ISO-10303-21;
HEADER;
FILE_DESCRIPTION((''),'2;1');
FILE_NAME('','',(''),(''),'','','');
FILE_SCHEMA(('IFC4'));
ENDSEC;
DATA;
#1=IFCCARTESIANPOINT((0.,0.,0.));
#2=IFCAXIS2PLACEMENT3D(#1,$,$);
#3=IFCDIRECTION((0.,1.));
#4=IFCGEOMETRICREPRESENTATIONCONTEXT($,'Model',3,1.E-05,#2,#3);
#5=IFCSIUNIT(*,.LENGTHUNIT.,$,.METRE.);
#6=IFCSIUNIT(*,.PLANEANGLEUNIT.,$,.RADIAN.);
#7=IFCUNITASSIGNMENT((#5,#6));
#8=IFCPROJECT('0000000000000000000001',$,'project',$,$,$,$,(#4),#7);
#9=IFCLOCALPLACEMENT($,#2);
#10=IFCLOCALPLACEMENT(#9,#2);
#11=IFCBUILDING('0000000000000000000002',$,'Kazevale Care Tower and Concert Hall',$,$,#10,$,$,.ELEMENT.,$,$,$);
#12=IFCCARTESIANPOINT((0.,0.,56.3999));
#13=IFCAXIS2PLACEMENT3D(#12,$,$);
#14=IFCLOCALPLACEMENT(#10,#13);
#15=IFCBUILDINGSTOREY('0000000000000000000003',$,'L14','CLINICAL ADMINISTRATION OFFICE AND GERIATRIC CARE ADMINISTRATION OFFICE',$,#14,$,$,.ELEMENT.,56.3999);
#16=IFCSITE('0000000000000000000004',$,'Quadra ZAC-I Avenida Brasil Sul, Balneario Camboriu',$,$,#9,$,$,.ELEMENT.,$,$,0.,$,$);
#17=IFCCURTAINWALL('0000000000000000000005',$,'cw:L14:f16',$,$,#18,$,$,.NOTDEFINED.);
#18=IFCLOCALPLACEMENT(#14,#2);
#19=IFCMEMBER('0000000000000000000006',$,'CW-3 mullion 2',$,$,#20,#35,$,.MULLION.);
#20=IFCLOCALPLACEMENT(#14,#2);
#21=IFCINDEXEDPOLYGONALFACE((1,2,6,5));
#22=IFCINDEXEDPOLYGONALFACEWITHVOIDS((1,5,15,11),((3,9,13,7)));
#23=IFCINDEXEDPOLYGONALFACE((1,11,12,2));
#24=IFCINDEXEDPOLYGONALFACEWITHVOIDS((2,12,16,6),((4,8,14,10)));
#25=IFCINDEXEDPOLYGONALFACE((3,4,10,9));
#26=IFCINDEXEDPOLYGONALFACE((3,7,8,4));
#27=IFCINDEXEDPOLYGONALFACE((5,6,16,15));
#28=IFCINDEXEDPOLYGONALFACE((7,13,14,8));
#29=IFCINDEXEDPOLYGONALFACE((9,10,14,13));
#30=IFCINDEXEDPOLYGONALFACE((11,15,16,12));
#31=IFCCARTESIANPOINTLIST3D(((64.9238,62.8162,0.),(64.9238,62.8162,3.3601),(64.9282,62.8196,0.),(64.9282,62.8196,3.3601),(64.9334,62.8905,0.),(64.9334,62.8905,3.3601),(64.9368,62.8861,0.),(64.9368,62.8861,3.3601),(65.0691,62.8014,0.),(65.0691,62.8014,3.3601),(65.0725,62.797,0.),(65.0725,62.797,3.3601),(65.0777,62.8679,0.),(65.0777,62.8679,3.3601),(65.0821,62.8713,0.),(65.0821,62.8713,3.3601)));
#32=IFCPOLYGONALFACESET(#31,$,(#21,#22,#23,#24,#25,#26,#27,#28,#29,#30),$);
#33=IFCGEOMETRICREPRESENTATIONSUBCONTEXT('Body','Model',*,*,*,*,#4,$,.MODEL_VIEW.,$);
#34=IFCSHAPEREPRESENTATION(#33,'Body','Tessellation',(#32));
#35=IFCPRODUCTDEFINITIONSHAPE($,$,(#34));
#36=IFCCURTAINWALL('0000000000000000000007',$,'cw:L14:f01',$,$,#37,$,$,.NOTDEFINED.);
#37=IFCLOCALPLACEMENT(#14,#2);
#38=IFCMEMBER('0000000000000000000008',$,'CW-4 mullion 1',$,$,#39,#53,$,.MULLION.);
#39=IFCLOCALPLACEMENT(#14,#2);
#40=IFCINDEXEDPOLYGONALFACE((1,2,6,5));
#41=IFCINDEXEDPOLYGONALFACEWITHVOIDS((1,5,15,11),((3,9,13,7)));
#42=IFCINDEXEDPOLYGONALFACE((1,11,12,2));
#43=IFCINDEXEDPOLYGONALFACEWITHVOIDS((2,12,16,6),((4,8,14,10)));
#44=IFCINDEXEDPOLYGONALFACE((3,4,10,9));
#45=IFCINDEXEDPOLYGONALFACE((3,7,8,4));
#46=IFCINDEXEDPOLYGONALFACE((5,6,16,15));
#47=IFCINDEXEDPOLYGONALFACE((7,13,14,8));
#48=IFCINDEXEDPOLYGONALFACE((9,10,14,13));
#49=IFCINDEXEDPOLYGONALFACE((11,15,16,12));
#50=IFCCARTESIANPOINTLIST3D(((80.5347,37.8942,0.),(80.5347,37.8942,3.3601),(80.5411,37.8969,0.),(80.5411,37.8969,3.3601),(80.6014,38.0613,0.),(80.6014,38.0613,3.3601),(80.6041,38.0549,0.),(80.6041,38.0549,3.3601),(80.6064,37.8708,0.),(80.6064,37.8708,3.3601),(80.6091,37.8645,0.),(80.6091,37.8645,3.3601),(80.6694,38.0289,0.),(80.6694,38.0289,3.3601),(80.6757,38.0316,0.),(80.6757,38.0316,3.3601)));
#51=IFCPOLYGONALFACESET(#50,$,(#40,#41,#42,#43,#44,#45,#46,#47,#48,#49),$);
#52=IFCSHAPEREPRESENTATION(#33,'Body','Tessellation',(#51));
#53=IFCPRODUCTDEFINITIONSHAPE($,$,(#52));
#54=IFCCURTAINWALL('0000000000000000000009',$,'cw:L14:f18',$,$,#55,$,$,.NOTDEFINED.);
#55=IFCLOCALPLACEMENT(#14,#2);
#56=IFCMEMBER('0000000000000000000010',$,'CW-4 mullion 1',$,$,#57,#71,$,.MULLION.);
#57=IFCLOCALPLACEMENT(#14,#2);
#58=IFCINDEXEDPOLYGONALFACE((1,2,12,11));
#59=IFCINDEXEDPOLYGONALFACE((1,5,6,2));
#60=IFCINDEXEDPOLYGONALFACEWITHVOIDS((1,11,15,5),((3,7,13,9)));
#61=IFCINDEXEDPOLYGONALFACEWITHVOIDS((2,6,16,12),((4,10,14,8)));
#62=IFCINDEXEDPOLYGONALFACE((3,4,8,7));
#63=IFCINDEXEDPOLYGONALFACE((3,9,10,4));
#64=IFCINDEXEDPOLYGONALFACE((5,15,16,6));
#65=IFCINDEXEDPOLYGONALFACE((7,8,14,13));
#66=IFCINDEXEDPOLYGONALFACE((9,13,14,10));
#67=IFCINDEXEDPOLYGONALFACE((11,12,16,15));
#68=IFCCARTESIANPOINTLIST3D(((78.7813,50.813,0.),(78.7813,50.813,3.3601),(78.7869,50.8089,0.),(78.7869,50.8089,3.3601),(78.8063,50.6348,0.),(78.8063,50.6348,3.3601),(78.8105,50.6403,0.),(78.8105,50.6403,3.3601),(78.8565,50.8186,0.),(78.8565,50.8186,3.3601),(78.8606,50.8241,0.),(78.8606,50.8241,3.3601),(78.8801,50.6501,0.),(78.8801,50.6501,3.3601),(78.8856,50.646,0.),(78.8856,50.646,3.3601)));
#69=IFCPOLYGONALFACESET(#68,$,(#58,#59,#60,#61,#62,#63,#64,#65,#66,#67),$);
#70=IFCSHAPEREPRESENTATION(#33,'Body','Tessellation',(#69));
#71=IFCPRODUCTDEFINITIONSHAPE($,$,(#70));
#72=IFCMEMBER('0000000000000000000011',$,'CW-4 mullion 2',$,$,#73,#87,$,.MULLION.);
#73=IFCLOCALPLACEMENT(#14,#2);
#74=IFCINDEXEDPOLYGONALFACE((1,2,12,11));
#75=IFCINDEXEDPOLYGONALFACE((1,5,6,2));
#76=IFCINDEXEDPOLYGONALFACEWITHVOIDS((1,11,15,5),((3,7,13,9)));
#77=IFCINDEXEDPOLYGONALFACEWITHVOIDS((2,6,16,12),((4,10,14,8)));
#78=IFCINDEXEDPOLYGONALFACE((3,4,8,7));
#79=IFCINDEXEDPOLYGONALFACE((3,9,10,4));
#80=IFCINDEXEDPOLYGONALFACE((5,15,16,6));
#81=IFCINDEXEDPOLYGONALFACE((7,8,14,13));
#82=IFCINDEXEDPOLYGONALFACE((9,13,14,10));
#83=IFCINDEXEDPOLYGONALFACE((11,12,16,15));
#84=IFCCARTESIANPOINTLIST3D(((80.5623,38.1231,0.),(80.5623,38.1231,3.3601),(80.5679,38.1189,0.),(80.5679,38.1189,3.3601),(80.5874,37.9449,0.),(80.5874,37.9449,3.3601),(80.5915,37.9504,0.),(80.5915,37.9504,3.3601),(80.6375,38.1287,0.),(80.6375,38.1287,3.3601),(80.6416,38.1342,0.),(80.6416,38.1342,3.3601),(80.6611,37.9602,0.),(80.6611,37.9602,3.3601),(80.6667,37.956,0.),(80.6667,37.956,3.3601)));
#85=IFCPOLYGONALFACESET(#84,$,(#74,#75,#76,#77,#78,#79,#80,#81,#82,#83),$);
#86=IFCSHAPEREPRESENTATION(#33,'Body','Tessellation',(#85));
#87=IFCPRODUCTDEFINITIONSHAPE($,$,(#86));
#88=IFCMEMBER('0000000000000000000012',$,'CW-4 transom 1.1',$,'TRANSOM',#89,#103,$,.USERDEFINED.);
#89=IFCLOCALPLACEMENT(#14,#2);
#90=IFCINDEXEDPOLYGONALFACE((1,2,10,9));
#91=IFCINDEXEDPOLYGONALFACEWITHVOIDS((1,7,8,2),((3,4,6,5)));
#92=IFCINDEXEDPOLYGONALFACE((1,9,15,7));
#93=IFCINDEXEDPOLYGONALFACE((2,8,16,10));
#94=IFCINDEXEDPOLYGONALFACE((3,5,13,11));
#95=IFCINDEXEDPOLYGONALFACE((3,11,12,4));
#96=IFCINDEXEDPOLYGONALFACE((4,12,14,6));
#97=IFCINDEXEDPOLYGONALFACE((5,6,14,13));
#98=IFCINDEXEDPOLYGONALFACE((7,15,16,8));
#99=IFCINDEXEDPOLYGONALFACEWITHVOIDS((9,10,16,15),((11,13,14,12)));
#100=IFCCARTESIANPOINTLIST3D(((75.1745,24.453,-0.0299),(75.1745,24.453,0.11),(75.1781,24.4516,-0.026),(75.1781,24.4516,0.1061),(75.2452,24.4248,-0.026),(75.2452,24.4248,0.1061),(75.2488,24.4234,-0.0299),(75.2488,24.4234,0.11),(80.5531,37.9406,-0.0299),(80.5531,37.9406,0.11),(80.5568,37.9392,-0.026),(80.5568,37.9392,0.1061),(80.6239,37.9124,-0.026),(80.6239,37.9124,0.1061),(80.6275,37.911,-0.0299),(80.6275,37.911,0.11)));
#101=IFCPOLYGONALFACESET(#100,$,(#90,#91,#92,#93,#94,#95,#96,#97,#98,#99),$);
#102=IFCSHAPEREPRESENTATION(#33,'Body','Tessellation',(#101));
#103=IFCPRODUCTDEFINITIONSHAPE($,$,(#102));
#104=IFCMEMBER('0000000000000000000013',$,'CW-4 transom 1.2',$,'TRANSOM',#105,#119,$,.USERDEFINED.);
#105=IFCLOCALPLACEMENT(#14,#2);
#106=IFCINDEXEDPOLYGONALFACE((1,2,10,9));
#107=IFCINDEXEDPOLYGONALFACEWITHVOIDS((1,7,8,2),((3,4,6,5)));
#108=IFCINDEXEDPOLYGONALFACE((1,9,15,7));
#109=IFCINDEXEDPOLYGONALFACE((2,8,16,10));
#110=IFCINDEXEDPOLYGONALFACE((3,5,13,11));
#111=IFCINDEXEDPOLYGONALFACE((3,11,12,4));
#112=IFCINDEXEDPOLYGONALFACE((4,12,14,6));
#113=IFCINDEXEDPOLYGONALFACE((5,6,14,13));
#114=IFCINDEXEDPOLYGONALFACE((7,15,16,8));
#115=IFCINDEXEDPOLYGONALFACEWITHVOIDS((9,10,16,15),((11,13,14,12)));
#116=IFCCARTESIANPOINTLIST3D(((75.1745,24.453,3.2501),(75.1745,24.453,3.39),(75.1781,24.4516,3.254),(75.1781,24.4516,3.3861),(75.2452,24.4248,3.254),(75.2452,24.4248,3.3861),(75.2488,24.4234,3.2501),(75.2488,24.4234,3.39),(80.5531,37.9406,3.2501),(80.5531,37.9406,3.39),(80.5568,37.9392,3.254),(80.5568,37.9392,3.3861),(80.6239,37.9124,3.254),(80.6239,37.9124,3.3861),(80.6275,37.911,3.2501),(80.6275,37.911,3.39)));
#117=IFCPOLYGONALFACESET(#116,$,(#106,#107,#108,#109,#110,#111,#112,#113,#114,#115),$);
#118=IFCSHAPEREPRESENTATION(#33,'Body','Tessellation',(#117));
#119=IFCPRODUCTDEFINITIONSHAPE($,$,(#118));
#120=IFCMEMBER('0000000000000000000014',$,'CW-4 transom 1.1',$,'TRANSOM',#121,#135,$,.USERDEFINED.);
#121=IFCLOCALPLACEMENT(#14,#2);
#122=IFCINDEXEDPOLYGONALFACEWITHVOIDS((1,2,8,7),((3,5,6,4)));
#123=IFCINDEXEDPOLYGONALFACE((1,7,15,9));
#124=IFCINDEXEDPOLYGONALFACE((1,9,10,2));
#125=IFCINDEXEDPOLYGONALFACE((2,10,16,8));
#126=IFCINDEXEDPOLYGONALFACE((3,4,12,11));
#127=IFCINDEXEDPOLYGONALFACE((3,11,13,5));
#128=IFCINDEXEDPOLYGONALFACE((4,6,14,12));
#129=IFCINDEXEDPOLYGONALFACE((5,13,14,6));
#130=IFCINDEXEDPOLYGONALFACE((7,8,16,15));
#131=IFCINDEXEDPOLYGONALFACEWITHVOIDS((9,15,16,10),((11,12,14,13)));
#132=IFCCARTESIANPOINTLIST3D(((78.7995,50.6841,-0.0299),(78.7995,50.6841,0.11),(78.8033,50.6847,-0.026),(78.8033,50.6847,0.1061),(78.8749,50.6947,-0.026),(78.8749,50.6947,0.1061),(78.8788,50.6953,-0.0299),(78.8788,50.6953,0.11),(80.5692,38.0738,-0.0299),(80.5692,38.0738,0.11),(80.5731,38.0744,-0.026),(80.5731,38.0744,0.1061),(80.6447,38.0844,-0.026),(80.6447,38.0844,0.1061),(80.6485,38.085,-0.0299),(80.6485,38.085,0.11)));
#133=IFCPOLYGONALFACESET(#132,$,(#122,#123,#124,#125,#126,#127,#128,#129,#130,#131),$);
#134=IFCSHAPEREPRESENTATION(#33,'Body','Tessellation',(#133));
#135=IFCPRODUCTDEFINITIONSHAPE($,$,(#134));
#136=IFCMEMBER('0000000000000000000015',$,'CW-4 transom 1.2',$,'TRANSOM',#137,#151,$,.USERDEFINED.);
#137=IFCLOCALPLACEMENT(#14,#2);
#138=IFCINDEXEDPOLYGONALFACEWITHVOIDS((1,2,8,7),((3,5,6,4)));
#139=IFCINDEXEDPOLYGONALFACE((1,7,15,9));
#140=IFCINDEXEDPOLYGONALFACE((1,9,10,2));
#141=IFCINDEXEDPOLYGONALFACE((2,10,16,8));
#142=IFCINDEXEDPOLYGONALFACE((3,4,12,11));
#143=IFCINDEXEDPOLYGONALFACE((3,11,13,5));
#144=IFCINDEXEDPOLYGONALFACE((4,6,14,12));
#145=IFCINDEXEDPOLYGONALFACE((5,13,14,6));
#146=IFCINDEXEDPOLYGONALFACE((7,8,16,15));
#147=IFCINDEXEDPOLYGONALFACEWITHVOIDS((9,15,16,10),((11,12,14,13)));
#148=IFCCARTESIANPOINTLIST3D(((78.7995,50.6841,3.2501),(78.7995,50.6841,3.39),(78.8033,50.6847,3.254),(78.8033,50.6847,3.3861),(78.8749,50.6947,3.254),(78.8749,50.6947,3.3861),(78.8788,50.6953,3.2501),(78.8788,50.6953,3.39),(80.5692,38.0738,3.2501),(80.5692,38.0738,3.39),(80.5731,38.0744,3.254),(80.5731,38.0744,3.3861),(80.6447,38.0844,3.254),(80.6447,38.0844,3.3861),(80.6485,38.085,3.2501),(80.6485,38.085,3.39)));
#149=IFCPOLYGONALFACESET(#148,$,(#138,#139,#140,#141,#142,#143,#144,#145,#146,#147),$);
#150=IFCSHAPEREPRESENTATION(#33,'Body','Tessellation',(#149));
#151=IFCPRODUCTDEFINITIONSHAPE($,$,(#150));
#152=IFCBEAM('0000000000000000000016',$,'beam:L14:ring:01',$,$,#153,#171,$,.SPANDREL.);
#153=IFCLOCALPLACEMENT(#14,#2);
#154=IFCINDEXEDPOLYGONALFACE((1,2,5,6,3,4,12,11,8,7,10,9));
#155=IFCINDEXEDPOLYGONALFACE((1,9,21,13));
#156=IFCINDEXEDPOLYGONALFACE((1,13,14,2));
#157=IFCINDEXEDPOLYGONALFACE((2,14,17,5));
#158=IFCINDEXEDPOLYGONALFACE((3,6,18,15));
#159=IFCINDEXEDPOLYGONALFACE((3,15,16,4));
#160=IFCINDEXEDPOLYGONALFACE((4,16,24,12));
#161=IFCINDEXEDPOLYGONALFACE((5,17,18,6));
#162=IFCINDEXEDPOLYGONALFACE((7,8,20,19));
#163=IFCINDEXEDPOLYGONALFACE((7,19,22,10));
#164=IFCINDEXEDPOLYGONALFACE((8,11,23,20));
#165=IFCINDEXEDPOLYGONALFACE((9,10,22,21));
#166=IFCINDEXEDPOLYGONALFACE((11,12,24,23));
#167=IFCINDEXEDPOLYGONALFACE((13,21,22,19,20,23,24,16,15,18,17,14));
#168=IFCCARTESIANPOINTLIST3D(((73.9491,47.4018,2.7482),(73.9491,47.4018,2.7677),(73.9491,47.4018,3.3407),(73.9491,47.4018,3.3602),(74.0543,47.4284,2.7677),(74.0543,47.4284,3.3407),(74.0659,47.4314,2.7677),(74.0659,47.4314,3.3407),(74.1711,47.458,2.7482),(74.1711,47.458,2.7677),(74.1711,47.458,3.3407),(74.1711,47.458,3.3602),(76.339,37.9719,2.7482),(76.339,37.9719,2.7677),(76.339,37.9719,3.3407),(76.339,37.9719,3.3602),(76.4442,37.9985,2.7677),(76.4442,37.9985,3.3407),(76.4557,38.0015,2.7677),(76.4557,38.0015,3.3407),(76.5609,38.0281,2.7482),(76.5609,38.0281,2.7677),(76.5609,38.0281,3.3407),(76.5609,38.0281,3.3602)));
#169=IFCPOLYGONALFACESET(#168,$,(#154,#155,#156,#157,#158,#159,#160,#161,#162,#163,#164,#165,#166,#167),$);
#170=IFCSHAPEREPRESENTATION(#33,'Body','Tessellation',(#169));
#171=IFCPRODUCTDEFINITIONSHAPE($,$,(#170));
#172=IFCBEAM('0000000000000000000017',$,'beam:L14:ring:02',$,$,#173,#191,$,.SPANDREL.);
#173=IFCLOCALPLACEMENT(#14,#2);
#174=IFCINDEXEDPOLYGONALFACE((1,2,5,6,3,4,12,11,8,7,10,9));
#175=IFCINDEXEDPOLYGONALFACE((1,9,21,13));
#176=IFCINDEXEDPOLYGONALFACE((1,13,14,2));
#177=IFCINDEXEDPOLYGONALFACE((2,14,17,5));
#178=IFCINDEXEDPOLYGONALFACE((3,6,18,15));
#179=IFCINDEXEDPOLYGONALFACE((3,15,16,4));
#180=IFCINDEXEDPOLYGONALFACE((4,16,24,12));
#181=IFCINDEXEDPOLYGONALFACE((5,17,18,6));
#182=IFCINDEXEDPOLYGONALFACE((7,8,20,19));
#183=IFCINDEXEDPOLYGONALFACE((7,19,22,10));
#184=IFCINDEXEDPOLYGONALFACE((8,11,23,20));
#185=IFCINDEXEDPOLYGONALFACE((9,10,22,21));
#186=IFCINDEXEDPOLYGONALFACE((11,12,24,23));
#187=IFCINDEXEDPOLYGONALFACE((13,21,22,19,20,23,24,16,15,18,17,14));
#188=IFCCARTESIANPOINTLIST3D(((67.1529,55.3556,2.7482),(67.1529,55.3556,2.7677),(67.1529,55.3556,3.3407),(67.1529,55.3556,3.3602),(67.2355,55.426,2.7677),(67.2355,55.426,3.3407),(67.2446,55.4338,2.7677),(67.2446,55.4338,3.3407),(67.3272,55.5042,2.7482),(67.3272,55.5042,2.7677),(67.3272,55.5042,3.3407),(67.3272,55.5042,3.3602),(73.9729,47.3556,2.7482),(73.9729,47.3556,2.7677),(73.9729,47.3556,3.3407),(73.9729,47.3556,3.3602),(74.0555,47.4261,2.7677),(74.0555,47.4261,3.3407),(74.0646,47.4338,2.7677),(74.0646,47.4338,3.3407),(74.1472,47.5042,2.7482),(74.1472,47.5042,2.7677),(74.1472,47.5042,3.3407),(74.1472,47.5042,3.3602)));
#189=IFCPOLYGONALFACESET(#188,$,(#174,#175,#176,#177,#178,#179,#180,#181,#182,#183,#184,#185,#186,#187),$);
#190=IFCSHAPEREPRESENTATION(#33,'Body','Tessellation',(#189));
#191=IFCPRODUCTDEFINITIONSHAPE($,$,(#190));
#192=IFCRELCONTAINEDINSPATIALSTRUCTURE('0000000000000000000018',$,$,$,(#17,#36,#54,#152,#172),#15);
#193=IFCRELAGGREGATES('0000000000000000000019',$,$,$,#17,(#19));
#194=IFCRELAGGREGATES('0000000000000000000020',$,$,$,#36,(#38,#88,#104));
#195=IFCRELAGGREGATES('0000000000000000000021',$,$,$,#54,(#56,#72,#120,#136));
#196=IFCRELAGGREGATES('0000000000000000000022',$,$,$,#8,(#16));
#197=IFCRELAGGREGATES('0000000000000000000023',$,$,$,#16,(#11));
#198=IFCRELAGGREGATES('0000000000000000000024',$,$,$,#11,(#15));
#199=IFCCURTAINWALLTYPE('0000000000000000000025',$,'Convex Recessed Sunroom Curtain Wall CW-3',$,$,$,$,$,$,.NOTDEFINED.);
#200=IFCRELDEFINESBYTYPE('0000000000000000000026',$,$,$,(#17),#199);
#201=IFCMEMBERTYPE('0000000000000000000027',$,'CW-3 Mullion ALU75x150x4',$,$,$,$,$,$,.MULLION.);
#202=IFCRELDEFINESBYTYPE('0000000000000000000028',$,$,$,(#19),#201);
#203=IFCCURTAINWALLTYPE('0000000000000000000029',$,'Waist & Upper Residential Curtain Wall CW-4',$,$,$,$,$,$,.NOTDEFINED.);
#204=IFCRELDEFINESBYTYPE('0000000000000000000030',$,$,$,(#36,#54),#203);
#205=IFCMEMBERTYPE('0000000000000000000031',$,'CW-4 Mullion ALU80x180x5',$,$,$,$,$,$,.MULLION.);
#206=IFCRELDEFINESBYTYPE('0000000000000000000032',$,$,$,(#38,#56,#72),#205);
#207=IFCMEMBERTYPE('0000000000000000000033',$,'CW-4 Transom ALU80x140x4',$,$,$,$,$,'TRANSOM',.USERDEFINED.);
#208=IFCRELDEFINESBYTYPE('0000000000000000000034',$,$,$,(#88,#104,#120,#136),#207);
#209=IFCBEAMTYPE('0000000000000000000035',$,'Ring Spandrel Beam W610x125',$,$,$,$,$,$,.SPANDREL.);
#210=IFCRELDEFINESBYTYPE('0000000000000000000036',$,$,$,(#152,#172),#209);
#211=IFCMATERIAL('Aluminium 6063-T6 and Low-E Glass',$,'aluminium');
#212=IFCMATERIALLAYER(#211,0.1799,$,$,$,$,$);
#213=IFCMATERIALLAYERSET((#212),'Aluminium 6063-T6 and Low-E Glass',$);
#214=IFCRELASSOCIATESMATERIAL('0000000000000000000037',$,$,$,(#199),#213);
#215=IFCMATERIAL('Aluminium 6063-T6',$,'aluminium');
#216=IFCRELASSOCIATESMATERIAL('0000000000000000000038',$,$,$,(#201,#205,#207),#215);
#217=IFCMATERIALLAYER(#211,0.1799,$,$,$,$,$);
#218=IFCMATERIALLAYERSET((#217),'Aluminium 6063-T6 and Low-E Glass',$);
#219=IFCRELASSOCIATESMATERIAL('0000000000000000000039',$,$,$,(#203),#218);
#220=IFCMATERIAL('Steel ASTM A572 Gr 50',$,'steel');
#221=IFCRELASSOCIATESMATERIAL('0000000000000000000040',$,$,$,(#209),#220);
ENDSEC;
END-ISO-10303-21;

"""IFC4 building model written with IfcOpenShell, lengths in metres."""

from ifc_helpers import new_model, si_unit, direction, frame, origin, origin_2d, place, context, subcontext, project, spatial, hollow_rectangle, i_section, extrude, material, layer, layer_set, material_profile, profile_set, type_object, element, aggregate, save


model = new_model("IFC4")

# Units and contexts
model_context = context("Model", 3, precision=1e-05, world=origin(), true_north=direction((0.0, 1.0)))
body_context = subcontext(model_context, "Body", "Model", "MODEL_VIEW")
ifc_project = project(units=[si_unit("LENGTHUNIT", "METRE"), si_unit("PLANEANGLEUNIT", "RADIAN")], contexts=[model_context])

# Site, building, storey
site_placement = place(None, origin())
site = spatial("IfcSite", under=ifc_project, at=site_placement, Name="Quadra ZAC-I Avenida Brasil Sul, Balneario Camboriu", CompositionType="ELEMENT", RefElevation=0.0)
building_placement = place(site_placement, origin())
building = spatial("IfcBuilding", under=site, at=building_placement, Name="Kazevale Care Tower and Concert Hall", CompositionType="ELEMENT")
storey_placement = place(building_placement, frame((0.0, 0.0, 56.3999)))
storey = spatial("IfcBuildingStorey", under=building, at=storey_placement, Name="L14", Description="CLINICAL ADMINISTRATION OFFICE AND GERIATRIC CARE ADMINISTRATION OFFICE", CompositionType="ELEMENT", Elevation=56.3999)

# Curtain walls, members
ifc_material_1 = material(Name="Aluminium 6063-T6 and Low-E Glass", Category="aluminium")
ifc_layer_1 = layer(ifc_material_1, 0.1799)
ifc_layer_set_1 = layer_set([ifc_layer_1], Name="Aluminium 6063-T6 and Low-E Glass")
curtain_wall_type_1 = type_object("IfcCurtainWallType", Name="Convex Recessed Sunroom Curtain Wall CW-3", PredefinedType="NOTDEFINED", material=ifc_layer_set_1)
curtain_wall_1_placement = place(storey_placement, origin())
curtain_wall_1 = element("IfcCurtainWall", 1, at=curtain_wall_1_placement, inside=storey, type_object=curtain_wall_type_1, Name="cw:L14:f16", PredefinedType="NOTDEFINED")
ifc_material_2 = material(Name="Aluminium 6063-T6", Category="aluminium")
ifc_material_profile_1 = material_profile(ifc_material_2, hollow_rectangle(XDim=0.075, YDim=0.1499, WallThickness=0.0039, at=origin_2d()), Name="ALU75x150x4")
ifc_profile_set_1 = profile_set([ifc_material_profile_1], Name="Aluminium 6063-T6")
member_type_1 = type_object("IfcMemberType", Name="CW-3 Mullion ALU75x150x4", PredefinedType="MULLION", material=ifc_profile_set_1)
member_1_placement = place(storey_placement, frame((65.0029, 62.8438, 0.0), z_axis=(0.0, 0.0, 1.0), x_axis=(0.128086, 0.991763, 0.0)))
member_1 = element("IfcMember", 2, at=member_1_placement, type_object=member_type_1, Name="CW-3 mullion 2", PredefinedType="MULLION", context=body_context, shape_type="SweptSolid", body=[
    extrude(hollow_rectangle(XDim=0.075, YDim=0.1499, WallThickness=0.0039, at=origin_2d()), origin(), (0.0, 0.0, 1.0), 3.3601),
])
ifc_layer_2 = layer(ifc_material_1, 0.1799)
ifc_layer_set_2 = layer_set([ifc_layer_2], Name="Aluminium 6063-T6 and Low-E Glass")
curtain_wall_type_2 = type_object("IfcCurtainWallType", Name="Waist & Upper Residential Curtain Wall CW-4", PredefinedType="NOTDEFINED", material=ifc_layer_set_2)
curtain_wall_2_placement = place(storey_placement, origin())
curtain_wall_2 = element("IfcCurtainWall", 3, at=curtain_wall_2_placement, inside=storey, type_object=curtain_wall_type_2, Name="cw:L14:f01", PredefinedType="NOTDEFINED")
ifc_material_profile_2 = material_profile(ifc_material_2, hollow_rectangle(XDim=0.0801, YDim=0.1799, WallThickness=0.0049, at=origin_2d()), Name="ALU80x180x5")
ifc_profile_set_2 = profile_set([ifc_material_profile_2], Name="Aluminium 6063-T6")
member_type_2 = type_object("IfcMemberType", Name="CW-4 Mullion ALU80x180x5", PredefinedType="MULLION", material=ifc_profile_set_2)
member_2_placement = place(storey_placement, frame((80.6052, 37.9629, 0.0), z_axis=(0.0, 0.0, 1.0), x_axis=(0.928861, -0.370427, 0.0)))
member_2 = element("IfcMember", 4, at=member_2_placement, type_object=member_type_2, Name="CW-4 mullion 1", PredefinedType="MULLION", context=body_context, shape_type="SweptSolid", body=[
    extrude(hollow_rectangle(XDim=0.0801, YDim=0.1799, WallThickness=0.0049, at=origin_2d()), origin(), (0.0, 0.0, 1.0), 3.3601),
])

# Curtain wall, members
curtain_wall_3_placement = place(storey_placement, origin())
curtain_wall_3 = element("IfcCurtainWall", 5, at=curtain_wall_3_placement, inside=storey, type_object=curtain_wall_type_2, Name="cw:L14:f18", PredefinedType="NOTDEFINED")
member_3_placement = place(storey_placement, frame((78.8335, 50.7295, 0.0), z_axis=(0.0, 0.0, 1.0), x_axis=(0.990295, 0.138978, 0.0)))
member_3 = element("IfcMember", 6, at=member_3_placement, type_object=member_type_2, Name="CW-4 mullion 1", PredefinedType="MULLION", context=body_context, shape_type="SweptSolid", body=[
    extrude(hollow_rectangle(XDim=0.0801, YDim=0.1799, WallThickness=0.0049, at=origin_2d()), origin(), (0.0, 0.0, 1.0), 3.3601),
])
member_4_placement = place(storey_placement, frame((80.6145, 38.0396, 0.0), z_axis=(0.0, 0.0, 1.0), x_axis=(0.990295, 0.138978, 0.0)))
member_4 = element("IfcMember", 7, at=member_4_placement, type_object=member_type_2, Name="CW-4 mullion 2", PredefinedType="MULLION", context=body_context, shape_type="SweptSolid", body=[
    extrude(hollow_rectangle(XDim=0.0801, YDim=0.1799, WallThickness=0.0049, at=origin_2d()), origin(), (0.0, 0.0, 1.0), 3.3601),
])

# Members
ifc_material_profile_3 = material_profile(ifc_material_2, hollow_rectangle(XDim=0.0801, YDim=0.1399, WallThickness=0.0039, at=origin_2d()), Name="ALU80x140x4")
ifc_profile_set_3 = profile_set([ifc_material_profile_3], Name="Aluminium 6063-T6")
member_type_3 = type_object("IfcMemberType", Name="CW-4 Transom ALU80x140x4", ElementType="TRANSOM", PredefinedType="USERDEFINED", material=ifc_profile_set_3)
member_5_placement = place(storey_placement, frame((80.5903, 37.9258, 0.04), z_axis=(-0.370419, -0.928865, 0.0), x_axis=(0.928865, -0.370419, 0.0)))
member_5 = element("IfcMember", 8, at=member_5_placement, type_object=member_type_3, Name="CW-4 transom 1.1", ObjectType="TRANSOM", PredefinedType="USERDEFINED", context=body_context, shape_type="SweptSolid", body=[
    extrude(hollow_rectangle(XDim=0.0801, YDim=0.1399, WallThickness=0.0039, at=origin_2d()), origin(), (0.0, 0.0, 1.0), 14.5205),
])
member_6_placement = place(storey_placement, frame((80.5903, 37.9258, 3.3201), z_axis=(-0.370419, -0.928865, 0.0), x_axis=(0.928865, -0.370419, 0.0)))
member_6 = element("IfcMember", 9, at=member_6_placement, type_object=member_type_3, Name="CW-4 transom 1.2", ObjectType="TRANSOM", PredefinedType="USERDEFINED", context=body_context, shape_type="SweptSolid", body=[
    extrude(hollow_rectangle(XDim=0.0801, YDim=0.1399, WallThickness=0.0039, at=origin_2d()), origin(), (0.0, 0.0, 1.0), 14.5205),
])
member_7_placement = place(storey_placement, frame((78.8391, 50.6897, 0.04), z_axis=(0.138981, -0.990295, 0.0), x_axis=(0.990295, 0.138981, 0.0)))
member_7 = element("IfcMember", 10, at=member_7_placement, type_object=member_type_3, Name="CW-4 transom 1.1", ObjectType="TRANSOM", PredefinedType="USERDEFINED", context=body_context, shape_type="SweptSolid", body=[
    extrude(hollow_rectangle(XDim=0.0801, YDim=0.1399, WallThickness=0.0039, at=origin_2d()), origin(), (0.0, 0.0, 1.0), 12.7339),
])
member_8_placement = place(storey_placement, frame((78.8391, 50.6897, 3.3201), z_axis=(0.138981, -0.990295, 0.0), x_axis=(0.990295, 0.138981, 0.0)))
member_8 = element("IfcMember", 11, at=member_8_placement, type_object=member_type_3, Name="CW-4 transom 1.2", ObjectType="TRANSOM", PredefinedType="USERDEFINED", context=body_context, shape_type="SweptSolid", body=[
    extrude(hollow_rectangle(XDim=0.0801, YDim=0.1399, WallThickness=0.0039, at=origin_2d()), origin(), (0.0, 0.0, 1.0), 12.7339),
])

# Beams
ifc_material_3 = material(Name="Steel ASTM A572 Gr 50", Category="steel")
ifc_material_profile_4 = material_profile(ifc_material_3, i_section(OverallWidth=0.229, OverallDepth=0.6121, WebThickness=0.012, FlangeThickness=0.0195, at=origin_2d()), Name="W610x125")
ifc_profile_set_4 = profile_set([ifc_material_profile_4], Name="Steel ASTM A572 Gr 50")
beam_type_1 = type_object("IfcBeamType", Name="Ring Spandrel Beam W610x125", PredefinedType="SPANDREL", material=ifc_profile_set_4)
beam_1_placement = place(storey_placement, frame((76.45, 38.0, 3.0542), z_axis=(-0.24567, 0.969354, 0.0), x_axis=(-0.969354, -0.24567, 0.0)))
element("IfcBeam", 12, at=beam_1_placement, inside=storey, type_object=beam_type_1, Name="beam:L14:ring:01", PredefinedType="SPANDREL", context=body_context, shape_type="SweptSolid", body=[
    extrude(i_section(OverallWidth=0.229, OverallDepth=0.6121, WebThickness=0.012, FlangeThickness=0.0195, at=origin_2d()), origin(), (0.0, 0.0, 1.0), 9.728),
])
beam_2_placement = place(storey_placement, frame((74.0601, 47.4299, 3.0542), z_axis=(-0.648756, 0.760996, 0.0), x_axis=(-0.760996, -0.648756, 0.0)))
element("IfcBeam", 13, at=beam_2_placement, inside=storey, type_object=beam_type_1, Name="beam:L14:ring:02", PredefinedType="SPANDREL", context=body_context, shape_type="SweptSolid", body=[
    extrude(i_section(OverallWidth=0.229, OverallDepth=0.6121, WebThickness=0.012, FlangeThickness=0.0195, at=origin_2d()), origin(), (0.0, 0.0, 1.0), 10.5125),
])

aggregate(curtain_wall_1, [member_1])
aggregate(curtain_wall_2, [member_2, member_5, member_6])
aggregate(curtain_wall_3, [member_3, member_4, member_7, member_8])

save(model, "model.ifc")
